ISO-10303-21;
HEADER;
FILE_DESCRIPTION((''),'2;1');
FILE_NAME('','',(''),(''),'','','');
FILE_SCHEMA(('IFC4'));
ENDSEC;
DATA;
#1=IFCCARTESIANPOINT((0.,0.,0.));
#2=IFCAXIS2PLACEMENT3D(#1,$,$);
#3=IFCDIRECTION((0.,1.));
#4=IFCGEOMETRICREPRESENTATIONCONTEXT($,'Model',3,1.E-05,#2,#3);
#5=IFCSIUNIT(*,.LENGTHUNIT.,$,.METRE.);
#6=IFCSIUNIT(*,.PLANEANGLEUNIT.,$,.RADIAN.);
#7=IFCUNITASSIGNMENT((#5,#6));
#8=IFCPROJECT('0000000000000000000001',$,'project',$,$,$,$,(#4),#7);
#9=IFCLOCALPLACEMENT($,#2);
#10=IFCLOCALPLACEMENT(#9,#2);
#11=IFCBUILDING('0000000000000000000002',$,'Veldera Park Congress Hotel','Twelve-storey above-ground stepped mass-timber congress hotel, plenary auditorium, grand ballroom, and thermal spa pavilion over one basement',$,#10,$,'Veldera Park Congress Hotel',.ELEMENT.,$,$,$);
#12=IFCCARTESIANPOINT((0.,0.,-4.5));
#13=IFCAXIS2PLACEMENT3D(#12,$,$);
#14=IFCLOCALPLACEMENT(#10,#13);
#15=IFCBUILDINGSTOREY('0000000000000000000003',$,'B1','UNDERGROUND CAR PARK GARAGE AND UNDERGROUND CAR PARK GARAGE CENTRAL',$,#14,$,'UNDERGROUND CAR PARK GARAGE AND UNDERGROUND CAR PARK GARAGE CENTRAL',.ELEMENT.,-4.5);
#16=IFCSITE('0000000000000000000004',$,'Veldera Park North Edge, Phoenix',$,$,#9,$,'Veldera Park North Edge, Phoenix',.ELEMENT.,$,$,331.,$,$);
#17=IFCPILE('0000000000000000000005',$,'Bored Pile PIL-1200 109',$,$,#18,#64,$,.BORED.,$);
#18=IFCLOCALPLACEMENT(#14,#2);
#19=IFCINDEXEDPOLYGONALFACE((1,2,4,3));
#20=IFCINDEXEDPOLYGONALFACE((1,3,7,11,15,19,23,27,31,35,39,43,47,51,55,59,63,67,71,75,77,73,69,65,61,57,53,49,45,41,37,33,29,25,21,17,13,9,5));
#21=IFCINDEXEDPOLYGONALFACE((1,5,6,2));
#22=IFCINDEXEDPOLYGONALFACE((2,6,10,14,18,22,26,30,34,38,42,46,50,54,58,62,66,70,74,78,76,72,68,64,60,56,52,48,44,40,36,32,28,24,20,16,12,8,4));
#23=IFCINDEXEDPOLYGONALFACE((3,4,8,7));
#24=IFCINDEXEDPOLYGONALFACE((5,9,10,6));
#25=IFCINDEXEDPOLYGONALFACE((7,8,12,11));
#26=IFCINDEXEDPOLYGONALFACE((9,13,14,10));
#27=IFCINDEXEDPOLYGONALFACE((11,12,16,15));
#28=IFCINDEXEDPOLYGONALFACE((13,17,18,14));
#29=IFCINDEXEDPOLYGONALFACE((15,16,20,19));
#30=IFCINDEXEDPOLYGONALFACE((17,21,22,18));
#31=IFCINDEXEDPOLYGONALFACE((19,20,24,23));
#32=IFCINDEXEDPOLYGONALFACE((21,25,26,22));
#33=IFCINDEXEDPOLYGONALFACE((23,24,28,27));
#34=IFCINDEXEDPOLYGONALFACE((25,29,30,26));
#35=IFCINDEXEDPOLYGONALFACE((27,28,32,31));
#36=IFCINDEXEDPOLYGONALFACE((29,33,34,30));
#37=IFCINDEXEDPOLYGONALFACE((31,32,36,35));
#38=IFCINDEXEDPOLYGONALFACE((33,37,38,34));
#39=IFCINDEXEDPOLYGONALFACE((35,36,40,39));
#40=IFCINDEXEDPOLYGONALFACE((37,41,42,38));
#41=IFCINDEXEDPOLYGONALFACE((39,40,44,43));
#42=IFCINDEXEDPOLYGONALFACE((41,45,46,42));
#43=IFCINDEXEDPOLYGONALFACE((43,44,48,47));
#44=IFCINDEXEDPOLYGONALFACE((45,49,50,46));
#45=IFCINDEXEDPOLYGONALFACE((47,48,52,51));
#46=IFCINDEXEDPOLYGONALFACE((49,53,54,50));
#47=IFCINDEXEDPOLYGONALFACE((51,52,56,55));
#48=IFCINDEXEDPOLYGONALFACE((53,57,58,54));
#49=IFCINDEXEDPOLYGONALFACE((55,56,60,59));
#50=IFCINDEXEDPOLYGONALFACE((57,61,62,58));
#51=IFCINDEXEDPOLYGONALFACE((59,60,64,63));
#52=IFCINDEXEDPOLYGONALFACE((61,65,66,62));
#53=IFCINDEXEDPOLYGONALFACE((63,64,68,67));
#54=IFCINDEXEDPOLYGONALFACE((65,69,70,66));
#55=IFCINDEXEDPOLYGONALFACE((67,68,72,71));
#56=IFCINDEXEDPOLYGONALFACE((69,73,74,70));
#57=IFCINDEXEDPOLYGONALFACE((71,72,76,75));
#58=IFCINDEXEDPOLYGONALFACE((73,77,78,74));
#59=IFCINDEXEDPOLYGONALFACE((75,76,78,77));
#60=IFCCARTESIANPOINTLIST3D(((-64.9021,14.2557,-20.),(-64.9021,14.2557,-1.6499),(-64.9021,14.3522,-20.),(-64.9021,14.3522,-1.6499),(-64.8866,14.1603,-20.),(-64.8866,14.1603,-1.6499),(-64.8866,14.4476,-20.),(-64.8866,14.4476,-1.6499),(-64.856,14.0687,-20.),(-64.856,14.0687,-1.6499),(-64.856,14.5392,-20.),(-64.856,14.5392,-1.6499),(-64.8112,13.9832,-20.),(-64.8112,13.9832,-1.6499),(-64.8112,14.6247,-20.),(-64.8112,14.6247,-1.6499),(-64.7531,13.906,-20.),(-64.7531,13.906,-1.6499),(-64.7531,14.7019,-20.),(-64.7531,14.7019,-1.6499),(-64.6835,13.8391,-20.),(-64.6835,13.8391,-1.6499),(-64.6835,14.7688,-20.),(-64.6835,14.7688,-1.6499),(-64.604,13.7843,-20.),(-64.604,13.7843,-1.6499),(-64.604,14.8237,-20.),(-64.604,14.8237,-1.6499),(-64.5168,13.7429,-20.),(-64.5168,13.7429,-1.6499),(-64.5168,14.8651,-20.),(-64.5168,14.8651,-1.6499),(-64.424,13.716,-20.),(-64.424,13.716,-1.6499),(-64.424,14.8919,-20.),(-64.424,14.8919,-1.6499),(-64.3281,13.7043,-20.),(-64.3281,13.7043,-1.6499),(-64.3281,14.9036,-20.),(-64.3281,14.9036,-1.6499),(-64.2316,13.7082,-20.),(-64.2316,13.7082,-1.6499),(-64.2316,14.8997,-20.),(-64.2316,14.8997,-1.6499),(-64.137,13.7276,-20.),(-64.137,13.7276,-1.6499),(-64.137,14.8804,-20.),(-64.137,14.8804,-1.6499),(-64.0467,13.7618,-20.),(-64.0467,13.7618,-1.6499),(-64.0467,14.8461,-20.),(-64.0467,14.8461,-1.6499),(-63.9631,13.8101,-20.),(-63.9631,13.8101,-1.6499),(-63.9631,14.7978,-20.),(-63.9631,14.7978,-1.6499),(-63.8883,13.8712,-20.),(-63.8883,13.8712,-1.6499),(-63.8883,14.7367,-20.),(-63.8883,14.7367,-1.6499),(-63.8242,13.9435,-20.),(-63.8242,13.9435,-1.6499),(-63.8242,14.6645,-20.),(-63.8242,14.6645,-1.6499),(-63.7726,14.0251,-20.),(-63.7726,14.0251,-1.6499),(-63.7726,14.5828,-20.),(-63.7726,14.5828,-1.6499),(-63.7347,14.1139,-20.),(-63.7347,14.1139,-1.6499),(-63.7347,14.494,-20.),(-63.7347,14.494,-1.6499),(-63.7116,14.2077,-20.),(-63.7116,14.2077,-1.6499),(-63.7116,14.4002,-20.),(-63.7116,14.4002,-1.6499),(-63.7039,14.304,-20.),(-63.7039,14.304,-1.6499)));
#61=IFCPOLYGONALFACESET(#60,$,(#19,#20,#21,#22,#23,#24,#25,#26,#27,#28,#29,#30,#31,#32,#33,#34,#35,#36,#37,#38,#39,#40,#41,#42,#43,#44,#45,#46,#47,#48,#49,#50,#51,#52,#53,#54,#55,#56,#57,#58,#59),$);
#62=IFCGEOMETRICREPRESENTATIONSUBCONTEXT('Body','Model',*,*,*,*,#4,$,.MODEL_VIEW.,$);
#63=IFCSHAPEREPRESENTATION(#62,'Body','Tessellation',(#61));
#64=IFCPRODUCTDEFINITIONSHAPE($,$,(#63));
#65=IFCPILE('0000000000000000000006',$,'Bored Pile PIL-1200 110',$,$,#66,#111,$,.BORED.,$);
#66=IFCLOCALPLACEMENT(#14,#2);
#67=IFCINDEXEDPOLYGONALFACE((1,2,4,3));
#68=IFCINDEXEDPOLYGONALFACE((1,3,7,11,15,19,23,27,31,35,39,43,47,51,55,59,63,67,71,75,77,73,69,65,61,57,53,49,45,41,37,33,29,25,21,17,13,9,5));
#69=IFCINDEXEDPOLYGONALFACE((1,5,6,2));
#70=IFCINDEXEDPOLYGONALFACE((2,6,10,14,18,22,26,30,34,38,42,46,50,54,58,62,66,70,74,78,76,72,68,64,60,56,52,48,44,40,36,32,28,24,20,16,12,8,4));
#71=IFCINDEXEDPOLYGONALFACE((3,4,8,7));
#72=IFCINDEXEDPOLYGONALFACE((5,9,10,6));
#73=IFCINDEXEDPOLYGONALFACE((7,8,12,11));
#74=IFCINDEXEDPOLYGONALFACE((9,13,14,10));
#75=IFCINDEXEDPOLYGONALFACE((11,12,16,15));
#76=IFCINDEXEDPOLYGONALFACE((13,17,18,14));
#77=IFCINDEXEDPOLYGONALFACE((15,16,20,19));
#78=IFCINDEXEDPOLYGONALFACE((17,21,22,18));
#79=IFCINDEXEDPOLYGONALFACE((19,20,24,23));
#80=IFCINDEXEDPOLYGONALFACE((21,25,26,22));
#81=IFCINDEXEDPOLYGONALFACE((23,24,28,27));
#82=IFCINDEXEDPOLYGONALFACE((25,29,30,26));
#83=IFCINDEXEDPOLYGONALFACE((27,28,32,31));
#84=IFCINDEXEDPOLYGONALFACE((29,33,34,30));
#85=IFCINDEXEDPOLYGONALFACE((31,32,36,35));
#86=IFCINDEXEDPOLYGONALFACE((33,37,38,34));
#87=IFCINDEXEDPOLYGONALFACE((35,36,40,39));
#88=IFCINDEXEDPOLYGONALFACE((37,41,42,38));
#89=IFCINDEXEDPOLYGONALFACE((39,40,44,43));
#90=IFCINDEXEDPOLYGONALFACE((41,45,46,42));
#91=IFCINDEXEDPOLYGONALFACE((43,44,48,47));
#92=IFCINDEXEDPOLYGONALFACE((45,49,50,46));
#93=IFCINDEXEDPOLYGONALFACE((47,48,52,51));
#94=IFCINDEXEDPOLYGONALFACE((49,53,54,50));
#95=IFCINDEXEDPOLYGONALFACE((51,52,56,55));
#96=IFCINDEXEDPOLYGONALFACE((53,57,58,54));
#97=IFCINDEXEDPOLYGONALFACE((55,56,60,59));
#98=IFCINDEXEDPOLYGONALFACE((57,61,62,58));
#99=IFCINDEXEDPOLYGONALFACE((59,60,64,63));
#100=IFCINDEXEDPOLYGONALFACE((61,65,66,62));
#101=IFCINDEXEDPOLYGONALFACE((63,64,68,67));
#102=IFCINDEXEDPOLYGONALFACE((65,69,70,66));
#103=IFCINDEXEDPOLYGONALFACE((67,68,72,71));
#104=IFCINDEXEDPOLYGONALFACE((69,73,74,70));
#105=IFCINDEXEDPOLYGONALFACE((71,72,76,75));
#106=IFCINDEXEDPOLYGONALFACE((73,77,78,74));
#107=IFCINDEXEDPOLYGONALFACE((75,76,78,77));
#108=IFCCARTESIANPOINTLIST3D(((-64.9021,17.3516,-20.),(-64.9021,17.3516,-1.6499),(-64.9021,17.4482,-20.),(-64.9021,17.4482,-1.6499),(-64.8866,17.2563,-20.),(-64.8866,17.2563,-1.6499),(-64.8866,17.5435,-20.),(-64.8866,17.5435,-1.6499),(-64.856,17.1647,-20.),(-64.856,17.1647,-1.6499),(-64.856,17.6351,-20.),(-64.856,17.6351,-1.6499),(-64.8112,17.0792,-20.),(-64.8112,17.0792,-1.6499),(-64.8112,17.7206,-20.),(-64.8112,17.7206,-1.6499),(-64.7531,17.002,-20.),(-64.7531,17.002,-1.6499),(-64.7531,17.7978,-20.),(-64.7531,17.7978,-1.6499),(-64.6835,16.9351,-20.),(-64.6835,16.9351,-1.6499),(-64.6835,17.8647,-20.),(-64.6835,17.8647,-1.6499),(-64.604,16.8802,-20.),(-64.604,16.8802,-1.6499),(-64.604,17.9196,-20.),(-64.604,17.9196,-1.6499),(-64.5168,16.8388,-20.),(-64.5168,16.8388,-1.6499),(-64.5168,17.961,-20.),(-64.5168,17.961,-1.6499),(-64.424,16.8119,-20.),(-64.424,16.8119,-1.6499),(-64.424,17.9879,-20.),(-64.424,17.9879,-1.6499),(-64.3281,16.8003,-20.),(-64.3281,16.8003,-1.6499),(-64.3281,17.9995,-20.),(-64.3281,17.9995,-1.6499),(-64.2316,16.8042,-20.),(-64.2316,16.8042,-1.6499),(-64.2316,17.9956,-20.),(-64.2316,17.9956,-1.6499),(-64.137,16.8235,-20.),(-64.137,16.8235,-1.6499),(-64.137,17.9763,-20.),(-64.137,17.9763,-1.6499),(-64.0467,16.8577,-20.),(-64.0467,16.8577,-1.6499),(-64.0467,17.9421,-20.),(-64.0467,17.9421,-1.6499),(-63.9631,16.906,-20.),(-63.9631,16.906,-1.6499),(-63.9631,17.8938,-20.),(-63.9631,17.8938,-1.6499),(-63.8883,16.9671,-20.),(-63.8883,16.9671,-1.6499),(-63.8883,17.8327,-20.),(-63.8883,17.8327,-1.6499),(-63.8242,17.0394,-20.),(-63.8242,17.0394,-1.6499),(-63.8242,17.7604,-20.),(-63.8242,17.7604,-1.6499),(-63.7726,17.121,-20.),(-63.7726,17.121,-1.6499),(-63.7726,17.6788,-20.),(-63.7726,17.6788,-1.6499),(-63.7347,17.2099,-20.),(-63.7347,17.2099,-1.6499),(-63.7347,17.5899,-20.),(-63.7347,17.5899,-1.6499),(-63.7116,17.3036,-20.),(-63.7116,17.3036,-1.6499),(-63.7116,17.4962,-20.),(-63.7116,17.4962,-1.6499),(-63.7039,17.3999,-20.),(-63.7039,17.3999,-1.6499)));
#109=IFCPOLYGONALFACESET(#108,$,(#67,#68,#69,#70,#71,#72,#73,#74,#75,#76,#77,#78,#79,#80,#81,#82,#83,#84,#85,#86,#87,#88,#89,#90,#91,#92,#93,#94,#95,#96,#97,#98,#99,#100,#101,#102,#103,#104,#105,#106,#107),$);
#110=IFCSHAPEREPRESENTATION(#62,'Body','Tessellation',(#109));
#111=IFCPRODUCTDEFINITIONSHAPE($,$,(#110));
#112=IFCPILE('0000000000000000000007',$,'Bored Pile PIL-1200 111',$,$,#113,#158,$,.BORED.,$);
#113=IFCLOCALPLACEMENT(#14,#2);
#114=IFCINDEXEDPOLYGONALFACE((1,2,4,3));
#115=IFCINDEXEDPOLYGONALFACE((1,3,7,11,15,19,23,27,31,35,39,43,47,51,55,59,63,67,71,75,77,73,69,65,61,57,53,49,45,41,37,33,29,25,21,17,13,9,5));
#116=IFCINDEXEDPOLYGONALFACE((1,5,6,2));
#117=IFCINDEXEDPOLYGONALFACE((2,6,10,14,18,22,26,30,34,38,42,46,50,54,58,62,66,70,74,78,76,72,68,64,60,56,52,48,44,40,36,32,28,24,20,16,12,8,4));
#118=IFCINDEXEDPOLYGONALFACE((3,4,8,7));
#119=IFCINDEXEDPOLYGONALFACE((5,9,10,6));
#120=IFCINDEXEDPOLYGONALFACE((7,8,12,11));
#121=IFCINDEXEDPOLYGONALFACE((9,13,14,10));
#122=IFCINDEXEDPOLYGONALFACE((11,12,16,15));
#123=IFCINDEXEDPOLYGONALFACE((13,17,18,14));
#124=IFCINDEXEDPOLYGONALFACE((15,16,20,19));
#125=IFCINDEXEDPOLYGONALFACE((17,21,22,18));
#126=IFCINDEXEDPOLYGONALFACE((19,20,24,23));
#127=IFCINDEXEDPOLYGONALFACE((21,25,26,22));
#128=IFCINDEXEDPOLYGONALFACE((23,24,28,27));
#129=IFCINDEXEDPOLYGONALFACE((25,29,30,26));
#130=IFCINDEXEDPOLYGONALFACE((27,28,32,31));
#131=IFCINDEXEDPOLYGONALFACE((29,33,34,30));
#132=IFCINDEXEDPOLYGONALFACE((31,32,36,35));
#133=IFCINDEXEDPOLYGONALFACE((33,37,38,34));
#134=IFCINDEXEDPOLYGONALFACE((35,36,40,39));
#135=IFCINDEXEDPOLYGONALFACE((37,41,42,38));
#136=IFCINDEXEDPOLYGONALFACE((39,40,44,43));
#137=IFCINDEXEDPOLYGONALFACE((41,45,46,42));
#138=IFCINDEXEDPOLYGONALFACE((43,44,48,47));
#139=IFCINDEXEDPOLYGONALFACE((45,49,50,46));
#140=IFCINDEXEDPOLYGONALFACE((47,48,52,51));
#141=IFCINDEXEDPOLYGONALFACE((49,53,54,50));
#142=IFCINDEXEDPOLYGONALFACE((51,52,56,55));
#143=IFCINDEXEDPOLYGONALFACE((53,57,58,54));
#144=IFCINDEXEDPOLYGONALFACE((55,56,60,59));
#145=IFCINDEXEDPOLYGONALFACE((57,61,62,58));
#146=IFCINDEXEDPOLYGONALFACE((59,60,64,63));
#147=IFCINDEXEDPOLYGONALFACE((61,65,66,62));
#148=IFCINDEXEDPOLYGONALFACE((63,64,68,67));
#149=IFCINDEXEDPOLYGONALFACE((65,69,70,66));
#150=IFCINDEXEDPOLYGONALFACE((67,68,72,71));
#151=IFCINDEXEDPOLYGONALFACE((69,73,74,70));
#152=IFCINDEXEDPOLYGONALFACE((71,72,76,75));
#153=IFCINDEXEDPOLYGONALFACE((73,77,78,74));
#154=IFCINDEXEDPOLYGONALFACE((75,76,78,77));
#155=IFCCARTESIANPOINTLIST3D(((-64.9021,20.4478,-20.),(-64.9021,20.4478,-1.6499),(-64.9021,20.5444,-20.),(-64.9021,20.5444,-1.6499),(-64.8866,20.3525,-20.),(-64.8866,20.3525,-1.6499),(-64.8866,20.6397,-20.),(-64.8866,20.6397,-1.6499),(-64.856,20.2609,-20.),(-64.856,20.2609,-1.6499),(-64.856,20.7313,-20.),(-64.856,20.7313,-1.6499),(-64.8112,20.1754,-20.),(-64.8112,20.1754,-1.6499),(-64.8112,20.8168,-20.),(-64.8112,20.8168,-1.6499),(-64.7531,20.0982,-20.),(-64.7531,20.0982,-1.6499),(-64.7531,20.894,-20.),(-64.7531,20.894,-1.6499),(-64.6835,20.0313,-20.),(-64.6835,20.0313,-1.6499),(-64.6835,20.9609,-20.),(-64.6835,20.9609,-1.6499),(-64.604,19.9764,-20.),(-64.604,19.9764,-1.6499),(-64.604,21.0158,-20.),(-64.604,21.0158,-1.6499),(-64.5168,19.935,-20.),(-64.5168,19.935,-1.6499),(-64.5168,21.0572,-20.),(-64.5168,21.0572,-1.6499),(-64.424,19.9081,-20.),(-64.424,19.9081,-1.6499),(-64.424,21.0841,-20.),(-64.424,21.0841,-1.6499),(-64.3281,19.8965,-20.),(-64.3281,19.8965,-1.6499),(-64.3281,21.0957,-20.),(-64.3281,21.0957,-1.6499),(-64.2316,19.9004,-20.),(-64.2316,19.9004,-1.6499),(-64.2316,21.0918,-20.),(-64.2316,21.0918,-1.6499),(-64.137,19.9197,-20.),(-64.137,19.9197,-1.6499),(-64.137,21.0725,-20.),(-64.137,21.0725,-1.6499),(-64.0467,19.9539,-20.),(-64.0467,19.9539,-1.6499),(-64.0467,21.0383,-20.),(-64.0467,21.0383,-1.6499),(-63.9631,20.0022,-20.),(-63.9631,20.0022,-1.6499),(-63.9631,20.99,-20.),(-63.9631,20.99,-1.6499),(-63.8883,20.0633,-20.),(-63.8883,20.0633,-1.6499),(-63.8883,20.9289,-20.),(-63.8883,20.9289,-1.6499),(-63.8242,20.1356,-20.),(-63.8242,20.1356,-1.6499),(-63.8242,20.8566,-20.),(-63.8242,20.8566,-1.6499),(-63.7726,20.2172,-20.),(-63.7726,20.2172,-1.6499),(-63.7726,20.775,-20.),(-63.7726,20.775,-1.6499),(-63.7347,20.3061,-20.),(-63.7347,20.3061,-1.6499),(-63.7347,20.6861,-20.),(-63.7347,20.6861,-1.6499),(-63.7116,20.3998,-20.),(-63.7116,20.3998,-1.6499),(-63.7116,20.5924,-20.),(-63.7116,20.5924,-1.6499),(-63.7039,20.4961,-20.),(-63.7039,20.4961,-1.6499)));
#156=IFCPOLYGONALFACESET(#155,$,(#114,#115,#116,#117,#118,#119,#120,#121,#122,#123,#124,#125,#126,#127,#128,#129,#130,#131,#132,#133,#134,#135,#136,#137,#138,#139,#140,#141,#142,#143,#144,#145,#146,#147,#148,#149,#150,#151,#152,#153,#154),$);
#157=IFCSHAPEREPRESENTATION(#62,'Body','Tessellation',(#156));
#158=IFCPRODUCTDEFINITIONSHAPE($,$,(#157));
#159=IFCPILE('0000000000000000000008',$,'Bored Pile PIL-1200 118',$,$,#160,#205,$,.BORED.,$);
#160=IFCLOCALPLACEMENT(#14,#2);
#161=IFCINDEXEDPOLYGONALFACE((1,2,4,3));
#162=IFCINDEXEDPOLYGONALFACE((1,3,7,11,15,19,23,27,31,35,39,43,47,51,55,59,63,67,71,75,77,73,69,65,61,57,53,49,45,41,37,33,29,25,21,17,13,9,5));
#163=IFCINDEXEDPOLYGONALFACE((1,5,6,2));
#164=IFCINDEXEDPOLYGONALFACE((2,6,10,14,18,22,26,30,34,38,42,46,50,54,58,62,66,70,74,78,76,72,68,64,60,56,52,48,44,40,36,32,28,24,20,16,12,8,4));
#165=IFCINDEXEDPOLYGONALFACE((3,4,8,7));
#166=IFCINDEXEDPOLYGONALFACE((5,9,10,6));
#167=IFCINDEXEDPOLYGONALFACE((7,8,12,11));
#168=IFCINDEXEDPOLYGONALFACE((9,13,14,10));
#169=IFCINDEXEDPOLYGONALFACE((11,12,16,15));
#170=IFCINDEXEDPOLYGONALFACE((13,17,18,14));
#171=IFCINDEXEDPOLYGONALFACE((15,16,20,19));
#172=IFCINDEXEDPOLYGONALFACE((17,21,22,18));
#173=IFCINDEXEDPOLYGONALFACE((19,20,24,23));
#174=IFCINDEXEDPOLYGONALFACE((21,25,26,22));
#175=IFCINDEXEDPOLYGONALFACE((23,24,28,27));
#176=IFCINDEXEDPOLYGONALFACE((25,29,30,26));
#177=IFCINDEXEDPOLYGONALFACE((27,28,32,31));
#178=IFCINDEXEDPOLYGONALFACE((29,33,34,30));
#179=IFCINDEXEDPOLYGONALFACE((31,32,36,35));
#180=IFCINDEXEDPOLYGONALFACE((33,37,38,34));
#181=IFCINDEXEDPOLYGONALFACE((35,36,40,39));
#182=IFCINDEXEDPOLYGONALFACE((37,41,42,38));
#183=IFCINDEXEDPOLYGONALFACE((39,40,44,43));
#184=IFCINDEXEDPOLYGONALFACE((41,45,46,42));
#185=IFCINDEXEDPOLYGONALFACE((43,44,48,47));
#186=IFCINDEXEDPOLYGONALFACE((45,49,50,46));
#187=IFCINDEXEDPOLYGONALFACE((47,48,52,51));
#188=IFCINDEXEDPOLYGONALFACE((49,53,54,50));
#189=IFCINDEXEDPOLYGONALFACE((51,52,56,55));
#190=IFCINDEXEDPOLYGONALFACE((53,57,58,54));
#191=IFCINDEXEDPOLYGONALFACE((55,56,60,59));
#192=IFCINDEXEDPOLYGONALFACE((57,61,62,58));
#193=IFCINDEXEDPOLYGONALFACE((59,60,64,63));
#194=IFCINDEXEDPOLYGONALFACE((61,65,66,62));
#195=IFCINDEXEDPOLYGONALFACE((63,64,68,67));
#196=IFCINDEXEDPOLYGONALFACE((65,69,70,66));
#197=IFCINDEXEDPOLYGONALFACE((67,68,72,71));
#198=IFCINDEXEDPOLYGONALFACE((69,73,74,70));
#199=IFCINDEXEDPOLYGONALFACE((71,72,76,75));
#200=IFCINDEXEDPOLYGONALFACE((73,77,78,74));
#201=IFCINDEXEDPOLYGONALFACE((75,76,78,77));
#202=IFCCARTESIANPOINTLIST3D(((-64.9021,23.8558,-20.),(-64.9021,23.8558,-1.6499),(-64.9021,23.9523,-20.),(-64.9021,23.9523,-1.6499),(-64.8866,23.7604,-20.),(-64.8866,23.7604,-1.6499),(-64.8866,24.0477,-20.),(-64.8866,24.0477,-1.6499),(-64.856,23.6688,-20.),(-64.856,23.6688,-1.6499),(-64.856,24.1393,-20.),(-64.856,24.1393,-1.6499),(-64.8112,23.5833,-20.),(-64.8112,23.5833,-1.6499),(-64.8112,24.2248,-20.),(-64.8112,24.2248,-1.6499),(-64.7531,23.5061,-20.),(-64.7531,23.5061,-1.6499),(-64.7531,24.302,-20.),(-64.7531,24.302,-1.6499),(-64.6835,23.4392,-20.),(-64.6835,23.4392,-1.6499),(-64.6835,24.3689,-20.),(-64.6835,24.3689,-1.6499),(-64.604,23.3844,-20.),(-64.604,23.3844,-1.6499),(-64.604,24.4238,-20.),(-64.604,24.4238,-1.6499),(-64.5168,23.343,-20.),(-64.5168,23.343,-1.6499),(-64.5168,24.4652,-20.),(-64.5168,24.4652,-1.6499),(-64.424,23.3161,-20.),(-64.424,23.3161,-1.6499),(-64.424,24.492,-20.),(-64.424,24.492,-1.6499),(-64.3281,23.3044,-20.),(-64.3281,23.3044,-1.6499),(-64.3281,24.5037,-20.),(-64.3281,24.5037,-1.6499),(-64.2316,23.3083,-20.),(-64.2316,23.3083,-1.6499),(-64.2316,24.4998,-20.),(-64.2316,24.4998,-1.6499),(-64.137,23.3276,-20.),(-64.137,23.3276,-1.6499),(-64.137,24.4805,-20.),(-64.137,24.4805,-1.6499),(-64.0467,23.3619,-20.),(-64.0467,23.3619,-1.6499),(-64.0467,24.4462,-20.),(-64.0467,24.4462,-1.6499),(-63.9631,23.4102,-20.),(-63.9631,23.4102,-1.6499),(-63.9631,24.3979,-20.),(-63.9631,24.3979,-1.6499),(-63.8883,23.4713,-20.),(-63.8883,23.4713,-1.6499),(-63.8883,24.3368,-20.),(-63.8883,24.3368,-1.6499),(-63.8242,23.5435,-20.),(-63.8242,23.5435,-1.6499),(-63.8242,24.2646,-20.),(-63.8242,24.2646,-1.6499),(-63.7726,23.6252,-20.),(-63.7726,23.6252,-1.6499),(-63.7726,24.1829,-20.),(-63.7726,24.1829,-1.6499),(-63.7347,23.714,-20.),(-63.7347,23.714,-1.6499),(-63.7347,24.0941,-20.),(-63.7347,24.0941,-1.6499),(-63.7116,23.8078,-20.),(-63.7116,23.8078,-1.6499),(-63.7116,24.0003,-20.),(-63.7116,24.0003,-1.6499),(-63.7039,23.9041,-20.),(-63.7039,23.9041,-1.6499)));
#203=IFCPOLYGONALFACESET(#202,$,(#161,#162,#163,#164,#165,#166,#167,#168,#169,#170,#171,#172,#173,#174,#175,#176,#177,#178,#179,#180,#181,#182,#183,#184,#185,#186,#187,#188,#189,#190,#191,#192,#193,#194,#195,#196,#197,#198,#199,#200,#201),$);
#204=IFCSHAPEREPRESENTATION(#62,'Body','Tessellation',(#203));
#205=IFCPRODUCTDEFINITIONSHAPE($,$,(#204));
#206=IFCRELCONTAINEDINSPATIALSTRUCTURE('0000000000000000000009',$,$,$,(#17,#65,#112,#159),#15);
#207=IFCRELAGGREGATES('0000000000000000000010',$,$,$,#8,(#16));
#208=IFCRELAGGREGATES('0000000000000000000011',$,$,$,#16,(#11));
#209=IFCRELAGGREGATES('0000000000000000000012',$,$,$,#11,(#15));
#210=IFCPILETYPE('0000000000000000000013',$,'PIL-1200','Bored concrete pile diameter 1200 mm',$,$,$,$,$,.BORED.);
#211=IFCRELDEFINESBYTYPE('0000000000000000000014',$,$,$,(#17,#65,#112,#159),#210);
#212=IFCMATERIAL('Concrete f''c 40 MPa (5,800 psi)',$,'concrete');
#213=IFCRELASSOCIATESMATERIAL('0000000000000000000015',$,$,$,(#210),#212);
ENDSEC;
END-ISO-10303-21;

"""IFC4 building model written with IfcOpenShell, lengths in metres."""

from ifc_helpers import new_model, si_unit, direction, frame, origin, origin_2d, place, context, subcontext, project, spatial, circle, extrude, material, material_profile, profile_set, type_object, element, save


model = new_model("IFC4")

# Units and contexts
model_context = context("Model", 3, precision=1e-05, world=origin(), true_north=direction((0.0, 1.0)))
body_context = subcontext(model_context, "Body", "Model", "MODEL_VIEW")
ifc_project = project(units=[si_unit("LENGTHUNIT", "METRE"), si_unit("PLANEANGLEUNIT", "RADIAN")], contexts=[model_context])

# Site, building, storey
site_placement = place(None, origin())
site = spatial("IfcSite", under=ifc_project, at=site_placement, Name="Veldera Park North Edge, Phoenix", LongName="Veldera Park North Edge, Phoenix", CompositionType="ELEMENT", RefElevation=331.0)
building_placement = place(site_placement, origin())
building = spatial("IfcBuilding", under=site, at=building_placement, Name="Veldera Park Congress Hotel", Description="Twelve-storey above-ground stepped mass-timber congress hotel, plenary auditorium, grand ballroom, and thermal spa pavilion over one basement", LongName="Veldera Park Congress Hotel", CompositionType="ELEMENT")
storey_placement = place(building_placement, frame((0.0, 0.0, -4.5)))
storey = spatial("IfcBuildingStorey", under=building, at=storey_placement, Name="B1", Description="UNDERGROUND CAR PARK GARAGE AND UNDERGROUND CAR PARK GARAGE CENTRAL", LongName="UNDERGROUND CAR PARK GARAGE AND UNDERGROUND CAR PARK GARAGE CENTRAL", CompositionType="ELEMENT", Elevation=-4.5)

# Shared definitions
ifc_material_1 = material(Name="Concrete f'c 40 MPa (5,800 psi)", Category="concrete")

# Piles
ifc_material_profile_1 = material_profile(ifc_material_1, circle(Radius=0.6001, at=origin_2d()), Name="PILE D1200")
ifc_profile_set_1 = profile_set([ifc_material_profile_1], Name="Concrete f'c 40 MPa (5,800 psi)")
pile_type_1 = type_object("IfcPileType", Name="PIL-1200", Description="Bored concrete pile diameter 1200 mm", PredefinedType="BORED", material=ifc_profile_set_1)
for number, where, z_axis, x_axis, name in (
    (1, (-64.304, 14.304, -1.6499), (0.0, 0.0, -1.0), (1.0, 0.0, 0.0), "Bored Pile PIL-1200 109"),
    (2, (-64.304, 17.3999, -1.6499), (0.0, 0.0, -1.0), (1.0, 0.0, 0.0), "Bored Pile PIL-1200 110"),
    (3, (-64.304, 20.4961, -1.6499), (0.0, 0.0, -1.0), (1.0, 0.0, 0.0), "Bored Pile PIL-1200 111"),
    (4, (-64.304, 23.9041, -1.6499), (0.0, 0.0, -1.0), (1.0, 0.0, 0.0), "Bored Pile PIL-1200 118"),
):
    element("IfcPile", number, at=place(storey_placement, frame(where, z_axis=z_axis, x_axis=x_axis)), inside=storey, type_object=pile_type_1, Name=name, PredefinedType="BORED", context=body_context, shape_type="SweptSolid", body=[
        extrude(circle(Radius=0.6001, at=origin_2d()), origin(), (0.0, 0.0, 1.0), 18.3501),
    ])

save(model, "model.ifc")
